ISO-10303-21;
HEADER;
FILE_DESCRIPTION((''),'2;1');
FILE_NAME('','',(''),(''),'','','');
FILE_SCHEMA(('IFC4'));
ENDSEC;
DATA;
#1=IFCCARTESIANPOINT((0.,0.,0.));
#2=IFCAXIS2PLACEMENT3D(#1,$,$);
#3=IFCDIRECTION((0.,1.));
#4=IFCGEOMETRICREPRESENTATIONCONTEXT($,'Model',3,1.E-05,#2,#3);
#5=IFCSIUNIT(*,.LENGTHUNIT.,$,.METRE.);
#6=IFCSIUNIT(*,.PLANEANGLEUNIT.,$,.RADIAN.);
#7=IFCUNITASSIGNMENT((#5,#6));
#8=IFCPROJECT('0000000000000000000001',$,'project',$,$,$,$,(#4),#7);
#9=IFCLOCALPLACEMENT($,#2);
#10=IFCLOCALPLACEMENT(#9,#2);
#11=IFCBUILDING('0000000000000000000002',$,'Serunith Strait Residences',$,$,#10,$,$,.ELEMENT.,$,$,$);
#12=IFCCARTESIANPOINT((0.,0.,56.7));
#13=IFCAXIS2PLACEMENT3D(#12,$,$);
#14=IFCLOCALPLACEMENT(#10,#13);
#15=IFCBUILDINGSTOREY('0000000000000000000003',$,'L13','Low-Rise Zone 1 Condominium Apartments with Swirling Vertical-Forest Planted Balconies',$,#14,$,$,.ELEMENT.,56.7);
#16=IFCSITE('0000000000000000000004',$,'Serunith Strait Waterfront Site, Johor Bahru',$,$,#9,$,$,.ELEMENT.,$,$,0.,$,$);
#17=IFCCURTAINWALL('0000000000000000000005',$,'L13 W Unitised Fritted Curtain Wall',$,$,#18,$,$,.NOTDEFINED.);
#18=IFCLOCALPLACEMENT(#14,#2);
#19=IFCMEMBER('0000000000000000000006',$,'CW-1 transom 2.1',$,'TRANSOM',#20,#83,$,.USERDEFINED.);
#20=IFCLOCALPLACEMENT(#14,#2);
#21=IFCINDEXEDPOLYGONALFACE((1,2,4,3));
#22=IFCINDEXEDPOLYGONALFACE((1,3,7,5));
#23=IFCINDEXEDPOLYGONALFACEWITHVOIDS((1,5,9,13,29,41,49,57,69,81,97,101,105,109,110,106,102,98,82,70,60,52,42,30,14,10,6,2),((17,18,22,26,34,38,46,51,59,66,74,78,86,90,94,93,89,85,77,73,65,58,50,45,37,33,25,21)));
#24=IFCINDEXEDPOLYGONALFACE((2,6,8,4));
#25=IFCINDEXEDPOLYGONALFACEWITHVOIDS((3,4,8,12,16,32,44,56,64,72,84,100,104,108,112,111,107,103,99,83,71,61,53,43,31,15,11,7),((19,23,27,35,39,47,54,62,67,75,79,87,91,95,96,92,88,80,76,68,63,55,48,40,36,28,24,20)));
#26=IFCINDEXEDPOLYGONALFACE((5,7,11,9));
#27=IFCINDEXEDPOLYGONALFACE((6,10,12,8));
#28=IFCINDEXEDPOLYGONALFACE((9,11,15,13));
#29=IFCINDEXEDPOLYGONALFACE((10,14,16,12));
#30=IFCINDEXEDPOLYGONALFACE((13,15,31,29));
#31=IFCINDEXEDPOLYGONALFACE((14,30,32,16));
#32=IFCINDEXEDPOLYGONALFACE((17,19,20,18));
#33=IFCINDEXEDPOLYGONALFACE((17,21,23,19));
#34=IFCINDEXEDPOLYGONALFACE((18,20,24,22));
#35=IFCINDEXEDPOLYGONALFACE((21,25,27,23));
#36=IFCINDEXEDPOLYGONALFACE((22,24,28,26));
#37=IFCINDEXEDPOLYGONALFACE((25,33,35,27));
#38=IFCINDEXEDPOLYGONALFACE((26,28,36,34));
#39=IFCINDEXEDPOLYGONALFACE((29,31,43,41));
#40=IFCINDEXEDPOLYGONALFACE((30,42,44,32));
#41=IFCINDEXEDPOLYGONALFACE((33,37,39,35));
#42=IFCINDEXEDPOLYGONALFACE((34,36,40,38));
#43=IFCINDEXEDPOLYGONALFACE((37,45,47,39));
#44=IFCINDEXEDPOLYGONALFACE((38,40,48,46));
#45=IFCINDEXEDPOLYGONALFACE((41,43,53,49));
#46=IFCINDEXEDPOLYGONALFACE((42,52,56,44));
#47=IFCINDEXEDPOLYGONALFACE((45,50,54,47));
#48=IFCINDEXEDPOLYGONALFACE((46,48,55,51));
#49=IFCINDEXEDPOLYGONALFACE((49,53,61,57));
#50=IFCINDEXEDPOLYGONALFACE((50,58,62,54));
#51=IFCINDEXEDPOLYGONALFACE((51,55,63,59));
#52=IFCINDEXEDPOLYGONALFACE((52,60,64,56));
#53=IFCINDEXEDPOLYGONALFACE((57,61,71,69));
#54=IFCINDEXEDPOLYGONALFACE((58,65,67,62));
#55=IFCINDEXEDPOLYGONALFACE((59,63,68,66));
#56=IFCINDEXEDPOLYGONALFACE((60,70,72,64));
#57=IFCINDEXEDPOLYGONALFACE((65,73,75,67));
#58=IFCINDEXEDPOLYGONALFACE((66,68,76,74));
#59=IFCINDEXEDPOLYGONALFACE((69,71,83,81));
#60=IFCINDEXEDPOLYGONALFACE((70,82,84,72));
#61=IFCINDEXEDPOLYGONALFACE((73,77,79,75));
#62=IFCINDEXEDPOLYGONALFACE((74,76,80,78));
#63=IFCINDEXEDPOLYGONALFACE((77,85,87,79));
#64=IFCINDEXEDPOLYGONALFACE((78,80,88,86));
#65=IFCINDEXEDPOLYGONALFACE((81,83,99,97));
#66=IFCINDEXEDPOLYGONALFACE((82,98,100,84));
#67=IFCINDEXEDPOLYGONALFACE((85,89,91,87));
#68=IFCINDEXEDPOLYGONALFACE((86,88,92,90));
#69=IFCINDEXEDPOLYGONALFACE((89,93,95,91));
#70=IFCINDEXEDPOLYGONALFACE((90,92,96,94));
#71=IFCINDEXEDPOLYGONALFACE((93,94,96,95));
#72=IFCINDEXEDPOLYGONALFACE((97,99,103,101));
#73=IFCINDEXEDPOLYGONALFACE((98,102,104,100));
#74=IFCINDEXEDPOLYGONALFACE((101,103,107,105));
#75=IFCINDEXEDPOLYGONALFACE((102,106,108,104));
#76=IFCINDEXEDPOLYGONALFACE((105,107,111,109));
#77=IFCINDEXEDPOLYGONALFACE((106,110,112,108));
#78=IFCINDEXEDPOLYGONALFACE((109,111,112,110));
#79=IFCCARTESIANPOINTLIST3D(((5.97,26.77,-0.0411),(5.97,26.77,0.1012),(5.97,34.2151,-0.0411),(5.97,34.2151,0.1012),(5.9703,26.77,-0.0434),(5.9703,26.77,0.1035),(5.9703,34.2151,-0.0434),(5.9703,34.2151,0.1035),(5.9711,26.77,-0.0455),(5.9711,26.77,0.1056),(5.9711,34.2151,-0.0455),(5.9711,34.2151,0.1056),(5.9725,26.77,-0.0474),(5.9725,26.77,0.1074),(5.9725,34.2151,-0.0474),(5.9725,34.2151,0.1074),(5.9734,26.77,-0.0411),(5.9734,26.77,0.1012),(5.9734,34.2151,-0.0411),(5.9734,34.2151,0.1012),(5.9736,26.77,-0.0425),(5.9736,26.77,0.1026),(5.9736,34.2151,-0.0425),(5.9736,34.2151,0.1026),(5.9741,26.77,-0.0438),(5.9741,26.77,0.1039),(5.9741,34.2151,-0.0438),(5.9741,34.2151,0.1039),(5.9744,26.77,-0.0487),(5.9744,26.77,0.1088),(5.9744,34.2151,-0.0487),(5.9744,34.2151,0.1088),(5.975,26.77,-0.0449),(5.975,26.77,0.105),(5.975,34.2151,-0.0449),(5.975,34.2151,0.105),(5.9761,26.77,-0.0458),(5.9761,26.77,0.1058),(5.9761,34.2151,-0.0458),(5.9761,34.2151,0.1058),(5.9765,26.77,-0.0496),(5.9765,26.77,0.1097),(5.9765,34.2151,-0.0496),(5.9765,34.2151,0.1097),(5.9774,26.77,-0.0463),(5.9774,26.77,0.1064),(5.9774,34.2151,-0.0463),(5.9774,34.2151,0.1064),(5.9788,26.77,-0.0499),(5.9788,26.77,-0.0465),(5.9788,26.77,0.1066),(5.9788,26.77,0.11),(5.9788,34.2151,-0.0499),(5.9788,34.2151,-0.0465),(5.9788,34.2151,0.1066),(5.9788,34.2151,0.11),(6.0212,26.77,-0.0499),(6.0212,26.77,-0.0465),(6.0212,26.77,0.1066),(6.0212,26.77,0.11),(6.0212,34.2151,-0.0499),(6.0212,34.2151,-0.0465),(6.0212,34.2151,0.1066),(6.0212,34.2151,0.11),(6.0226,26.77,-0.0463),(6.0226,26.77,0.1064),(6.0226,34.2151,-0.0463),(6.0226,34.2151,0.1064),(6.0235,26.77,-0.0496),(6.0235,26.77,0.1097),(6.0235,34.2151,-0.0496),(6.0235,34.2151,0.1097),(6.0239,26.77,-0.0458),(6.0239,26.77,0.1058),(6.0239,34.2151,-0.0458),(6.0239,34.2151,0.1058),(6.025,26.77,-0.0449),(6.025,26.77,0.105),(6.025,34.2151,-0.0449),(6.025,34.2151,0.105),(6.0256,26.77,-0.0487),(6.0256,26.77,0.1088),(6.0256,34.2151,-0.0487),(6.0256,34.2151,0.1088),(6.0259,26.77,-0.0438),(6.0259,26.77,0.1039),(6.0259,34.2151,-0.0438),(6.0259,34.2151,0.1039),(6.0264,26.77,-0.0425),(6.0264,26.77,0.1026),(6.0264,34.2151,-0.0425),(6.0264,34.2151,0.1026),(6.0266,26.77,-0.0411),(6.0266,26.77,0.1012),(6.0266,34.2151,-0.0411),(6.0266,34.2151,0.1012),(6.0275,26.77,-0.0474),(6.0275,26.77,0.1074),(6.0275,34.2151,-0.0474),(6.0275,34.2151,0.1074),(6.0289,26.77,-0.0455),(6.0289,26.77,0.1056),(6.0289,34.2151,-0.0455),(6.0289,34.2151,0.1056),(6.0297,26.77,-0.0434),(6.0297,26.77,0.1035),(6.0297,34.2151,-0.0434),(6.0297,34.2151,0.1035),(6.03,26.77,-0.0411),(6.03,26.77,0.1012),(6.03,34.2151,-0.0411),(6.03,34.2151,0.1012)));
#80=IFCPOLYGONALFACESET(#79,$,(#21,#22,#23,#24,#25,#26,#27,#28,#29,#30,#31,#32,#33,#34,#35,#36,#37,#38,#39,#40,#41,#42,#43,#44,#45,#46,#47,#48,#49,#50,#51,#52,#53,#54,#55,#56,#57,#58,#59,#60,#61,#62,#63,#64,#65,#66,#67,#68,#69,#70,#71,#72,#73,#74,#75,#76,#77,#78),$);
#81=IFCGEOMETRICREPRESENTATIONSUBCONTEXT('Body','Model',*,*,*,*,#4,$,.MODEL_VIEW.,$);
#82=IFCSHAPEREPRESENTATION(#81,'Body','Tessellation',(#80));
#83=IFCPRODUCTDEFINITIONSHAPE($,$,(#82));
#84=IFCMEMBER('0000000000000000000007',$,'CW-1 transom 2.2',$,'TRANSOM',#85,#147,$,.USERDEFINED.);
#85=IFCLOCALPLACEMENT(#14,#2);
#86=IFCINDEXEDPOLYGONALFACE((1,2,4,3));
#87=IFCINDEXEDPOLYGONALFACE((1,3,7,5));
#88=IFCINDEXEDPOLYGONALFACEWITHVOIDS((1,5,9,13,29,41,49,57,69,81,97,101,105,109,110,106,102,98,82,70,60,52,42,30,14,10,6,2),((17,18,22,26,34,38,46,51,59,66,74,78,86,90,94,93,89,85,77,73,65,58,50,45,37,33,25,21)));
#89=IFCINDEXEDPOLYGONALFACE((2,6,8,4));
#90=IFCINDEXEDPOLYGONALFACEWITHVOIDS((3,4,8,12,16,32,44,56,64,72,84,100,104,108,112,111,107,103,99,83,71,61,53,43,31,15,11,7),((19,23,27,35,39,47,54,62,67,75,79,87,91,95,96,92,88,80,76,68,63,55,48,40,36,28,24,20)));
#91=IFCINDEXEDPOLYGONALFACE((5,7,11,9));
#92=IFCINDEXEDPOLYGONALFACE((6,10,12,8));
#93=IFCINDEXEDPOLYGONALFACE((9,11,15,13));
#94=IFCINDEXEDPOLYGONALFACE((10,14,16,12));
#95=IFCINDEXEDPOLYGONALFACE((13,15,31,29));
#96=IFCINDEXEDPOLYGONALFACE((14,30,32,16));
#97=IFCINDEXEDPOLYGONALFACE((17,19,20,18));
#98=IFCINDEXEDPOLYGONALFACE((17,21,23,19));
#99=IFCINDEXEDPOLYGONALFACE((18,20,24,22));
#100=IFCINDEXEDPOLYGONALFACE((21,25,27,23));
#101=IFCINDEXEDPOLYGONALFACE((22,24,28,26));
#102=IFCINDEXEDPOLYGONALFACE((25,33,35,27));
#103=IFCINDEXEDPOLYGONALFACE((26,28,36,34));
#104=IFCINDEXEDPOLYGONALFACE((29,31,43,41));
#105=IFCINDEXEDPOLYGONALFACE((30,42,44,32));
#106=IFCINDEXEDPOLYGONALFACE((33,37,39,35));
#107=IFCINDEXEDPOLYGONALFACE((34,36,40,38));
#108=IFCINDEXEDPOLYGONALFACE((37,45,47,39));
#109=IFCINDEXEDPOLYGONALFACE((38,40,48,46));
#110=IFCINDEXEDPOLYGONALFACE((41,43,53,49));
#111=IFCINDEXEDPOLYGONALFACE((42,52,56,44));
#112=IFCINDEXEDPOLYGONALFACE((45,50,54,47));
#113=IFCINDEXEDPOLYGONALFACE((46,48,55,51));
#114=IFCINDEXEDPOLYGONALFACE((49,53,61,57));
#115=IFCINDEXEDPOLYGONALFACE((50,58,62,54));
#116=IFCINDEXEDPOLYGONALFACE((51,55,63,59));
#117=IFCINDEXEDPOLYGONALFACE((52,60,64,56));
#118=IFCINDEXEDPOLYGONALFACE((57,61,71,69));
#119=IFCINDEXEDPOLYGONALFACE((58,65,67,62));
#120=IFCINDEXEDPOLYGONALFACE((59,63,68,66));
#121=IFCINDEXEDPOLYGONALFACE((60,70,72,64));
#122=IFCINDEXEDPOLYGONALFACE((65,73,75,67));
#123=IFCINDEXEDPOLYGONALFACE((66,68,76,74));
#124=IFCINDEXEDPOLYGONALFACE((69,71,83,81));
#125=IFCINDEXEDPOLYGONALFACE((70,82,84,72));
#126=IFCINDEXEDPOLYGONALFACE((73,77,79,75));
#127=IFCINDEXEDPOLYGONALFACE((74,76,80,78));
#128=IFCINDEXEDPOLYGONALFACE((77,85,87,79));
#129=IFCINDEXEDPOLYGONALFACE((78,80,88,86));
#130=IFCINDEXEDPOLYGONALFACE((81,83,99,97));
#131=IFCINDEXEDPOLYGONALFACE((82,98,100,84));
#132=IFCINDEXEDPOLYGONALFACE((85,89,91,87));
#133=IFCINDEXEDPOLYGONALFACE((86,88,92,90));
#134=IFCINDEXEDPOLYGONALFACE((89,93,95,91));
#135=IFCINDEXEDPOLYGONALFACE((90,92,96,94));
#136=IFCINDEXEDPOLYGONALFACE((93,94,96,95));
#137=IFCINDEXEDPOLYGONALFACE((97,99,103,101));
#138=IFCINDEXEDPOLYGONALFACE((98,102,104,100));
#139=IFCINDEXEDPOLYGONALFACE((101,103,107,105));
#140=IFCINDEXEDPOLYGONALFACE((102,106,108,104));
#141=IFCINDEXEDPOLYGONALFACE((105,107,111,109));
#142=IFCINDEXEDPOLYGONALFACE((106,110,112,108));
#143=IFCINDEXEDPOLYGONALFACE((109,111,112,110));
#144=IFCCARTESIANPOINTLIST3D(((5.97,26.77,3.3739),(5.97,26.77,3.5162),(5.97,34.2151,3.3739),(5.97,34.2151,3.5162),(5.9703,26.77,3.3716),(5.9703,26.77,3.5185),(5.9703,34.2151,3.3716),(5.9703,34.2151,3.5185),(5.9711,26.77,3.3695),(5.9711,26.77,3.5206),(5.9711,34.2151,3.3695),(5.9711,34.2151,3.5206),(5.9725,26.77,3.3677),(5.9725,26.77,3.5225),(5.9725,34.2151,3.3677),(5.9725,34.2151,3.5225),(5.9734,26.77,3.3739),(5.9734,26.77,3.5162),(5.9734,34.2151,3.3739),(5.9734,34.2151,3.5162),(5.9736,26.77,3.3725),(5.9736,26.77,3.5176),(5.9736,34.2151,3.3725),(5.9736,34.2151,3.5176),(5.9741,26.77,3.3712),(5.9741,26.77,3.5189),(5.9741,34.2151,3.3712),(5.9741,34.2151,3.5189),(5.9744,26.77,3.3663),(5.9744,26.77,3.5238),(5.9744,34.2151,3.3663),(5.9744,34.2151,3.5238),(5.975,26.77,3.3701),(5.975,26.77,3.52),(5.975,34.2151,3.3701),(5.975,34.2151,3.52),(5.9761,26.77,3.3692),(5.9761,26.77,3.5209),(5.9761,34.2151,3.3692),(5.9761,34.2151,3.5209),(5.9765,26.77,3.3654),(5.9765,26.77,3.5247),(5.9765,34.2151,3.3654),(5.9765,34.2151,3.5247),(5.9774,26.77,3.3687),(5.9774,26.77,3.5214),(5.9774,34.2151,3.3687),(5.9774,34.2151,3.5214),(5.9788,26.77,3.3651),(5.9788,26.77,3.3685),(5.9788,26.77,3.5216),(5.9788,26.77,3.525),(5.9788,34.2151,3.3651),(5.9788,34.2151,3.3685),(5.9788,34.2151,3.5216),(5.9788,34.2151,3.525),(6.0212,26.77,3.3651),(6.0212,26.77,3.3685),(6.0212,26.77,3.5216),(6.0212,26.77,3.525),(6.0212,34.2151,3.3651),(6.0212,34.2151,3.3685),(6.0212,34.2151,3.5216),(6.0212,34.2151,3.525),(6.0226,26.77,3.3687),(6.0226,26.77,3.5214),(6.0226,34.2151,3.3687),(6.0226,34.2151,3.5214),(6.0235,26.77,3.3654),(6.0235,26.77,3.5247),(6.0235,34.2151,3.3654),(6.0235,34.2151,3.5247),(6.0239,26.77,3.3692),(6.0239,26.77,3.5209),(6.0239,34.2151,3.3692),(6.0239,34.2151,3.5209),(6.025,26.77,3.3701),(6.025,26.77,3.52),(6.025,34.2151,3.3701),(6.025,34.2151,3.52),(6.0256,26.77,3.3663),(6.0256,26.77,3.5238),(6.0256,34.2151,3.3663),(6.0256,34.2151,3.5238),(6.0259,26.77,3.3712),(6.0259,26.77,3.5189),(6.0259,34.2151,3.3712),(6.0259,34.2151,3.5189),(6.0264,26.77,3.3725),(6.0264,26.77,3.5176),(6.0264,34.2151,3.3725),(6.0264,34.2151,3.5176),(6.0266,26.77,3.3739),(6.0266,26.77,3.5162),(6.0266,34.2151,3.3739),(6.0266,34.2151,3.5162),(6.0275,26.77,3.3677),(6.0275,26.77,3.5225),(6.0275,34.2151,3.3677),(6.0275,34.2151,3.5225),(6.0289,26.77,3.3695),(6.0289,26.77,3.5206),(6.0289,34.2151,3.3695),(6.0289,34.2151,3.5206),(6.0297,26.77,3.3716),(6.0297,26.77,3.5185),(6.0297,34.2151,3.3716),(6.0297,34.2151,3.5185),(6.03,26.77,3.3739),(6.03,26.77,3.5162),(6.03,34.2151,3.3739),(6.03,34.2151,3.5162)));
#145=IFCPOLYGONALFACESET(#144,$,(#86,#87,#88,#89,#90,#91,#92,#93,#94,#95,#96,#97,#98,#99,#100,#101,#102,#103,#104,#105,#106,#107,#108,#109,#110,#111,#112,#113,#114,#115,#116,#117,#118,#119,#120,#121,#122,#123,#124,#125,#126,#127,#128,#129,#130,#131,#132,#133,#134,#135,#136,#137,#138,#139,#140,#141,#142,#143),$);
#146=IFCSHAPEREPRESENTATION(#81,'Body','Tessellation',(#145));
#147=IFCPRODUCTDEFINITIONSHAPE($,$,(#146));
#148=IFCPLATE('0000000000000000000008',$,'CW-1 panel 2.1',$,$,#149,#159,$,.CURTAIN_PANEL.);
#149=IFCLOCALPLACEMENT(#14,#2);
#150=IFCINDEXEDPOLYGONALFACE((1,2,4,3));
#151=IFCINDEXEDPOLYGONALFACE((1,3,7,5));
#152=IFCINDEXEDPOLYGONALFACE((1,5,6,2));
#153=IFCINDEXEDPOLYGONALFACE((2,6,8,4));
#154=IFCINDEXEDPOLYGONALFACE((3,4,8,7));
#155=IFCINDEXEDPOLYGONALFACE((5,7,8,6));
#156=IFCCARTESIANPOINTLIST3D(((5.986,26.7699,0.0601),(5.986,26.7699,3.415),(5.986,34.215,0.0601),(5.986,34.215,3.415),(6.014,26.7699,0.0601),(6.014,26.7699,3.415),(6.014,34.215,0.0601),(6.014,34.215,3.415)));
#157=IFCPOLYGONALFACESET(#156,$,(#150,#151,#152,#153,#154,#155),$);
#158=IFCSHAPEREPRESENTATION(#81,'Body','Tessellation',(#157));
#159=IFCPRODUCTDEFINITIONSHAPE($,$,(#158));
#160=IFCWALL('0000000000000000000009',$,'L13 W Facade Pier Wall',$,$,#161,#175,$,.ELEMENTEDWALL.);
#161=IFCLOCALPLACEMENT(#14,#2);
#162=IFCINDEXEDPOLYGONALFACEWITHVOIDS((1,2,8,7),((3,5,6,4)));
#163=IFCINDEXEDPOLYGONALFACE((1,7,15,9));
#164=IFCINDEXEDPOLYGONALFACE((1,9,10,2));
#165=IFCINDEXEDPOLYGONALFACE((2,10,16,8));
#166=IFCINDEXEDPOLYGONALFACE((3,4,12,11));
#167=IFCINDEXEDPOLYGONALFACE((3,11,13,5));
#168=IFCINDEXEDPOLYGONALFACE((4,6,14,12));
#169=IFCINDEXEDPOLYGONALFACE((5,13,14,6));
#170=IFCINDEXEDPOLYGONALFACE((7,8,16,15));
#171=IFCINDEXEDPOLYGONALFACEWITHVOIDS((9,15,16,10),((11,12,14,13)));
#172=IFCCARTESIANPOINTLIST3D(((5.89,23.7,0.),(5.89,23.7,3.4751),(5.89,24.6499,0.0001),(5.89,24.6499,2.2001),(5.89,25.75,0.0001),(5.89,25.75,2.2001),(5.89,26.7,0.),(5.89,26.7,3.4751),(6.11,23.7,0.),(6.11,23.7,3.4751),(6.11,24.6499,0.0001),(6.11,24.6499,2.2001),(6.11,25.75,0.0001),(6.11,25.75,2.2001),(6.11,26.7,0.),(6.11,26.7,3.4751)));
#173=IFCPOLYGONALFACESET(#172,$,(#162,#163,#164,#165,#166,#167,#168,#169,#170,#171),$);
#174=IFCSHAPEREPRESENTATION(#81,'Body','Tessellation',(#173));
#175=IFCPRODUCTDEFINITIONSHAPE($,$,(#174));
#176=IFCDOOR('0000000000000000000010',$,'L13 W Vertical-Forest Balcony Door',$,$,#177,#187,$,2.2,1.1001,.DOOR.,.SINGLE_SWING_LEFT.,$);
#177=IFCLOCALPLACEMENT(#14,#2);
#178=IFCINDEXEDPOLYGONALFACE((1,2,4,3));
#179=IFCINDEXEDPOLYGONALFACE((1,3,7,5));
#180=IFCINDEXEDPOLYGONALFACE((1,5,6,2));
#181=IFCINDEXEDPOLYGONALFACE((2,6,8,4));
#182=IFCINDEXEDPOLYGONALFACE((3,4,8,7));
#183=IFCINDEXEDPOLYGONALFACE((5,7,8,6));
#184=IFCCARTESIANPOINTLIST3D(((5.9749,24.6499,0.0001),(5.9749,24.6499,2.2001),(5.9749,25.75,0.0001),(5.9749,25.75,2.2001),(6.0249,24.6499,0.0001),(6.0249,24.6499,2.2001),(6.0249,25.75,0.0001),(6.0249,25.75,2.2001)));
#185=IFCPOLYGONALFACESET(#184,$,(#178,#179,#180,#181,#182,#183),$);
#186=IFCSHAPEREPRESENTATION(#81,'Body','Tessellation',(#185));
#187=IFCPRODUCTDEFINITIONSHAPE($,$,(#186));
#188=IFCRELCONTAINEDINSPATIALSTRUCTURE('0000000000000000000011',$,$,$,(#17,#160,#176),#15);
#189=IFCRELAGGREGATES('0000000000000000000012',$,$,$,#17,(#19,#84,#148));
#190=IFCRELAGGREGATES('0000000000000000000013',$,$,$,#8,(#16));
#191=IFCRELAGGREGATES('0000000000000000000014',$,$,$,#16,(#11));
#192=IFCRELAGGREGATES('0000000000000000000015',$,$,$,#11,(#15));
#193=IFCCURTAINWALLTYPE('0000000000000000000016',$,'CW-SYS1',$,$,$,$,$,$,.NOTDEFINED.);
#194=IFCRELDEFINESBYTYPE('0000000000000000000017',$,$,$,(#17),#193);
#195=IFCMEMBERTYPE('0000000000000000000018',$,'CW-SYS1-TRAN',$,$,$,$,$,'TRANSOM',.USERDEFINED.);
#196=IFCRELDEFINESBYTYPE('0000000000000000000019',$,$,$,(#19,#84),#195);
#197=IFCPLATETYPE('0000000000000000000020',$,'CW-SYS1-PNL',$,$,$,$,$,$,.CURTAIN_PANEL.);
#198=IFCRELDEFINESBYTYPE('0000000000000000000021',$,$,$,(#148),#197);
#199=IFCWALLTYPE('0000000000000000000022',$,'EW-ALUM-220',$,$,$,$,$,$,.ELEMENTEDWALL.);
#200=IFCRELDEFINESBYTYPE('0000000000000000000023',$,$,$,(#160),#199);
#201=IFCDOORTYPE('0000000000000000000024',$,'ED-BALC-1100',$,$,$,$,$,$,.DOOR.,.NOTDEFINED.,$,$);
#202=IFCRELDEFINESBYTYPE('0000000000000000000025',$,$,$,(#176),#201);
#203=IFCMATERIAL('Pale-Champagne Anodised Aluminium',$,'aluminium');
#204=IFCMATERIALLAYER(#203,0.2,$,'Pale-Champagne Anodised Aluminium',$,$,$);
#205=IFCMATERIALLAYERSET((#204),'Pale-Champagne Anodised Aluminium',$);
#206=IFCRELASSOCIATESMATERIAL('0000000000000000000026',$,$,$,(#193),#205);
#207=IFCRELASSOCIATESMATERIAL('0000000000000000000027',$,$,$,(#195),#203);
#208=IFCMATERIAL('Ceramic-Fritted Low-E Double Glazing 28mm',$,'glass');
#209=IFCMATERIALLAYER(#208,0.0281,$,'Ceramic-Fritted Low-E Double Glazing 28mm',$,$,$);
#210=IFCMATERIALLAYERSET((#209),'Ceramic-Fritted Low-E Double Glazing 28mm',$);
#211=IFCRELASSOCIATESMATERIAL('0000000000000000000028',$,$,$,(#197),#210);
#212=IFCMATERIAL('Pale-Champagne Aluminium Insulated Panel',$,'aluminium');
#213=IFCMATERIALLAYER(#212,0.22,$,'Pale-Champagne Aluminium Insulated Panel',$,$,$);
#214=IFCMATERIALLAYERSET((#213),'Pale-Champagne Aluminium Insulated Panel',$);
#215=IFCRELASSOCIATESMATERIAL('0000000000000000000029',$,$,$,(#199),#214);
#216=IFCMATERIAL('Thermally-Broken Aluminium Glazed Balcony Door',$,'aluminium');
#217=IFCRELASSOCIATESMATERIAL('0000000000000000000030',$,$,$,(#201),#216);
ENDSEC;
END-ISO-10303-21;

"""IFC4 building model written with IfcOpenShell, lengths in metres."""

from ifc_helpers import new_model, si_unit, direction, frame, frame_2d, origin, origin_2d, place, context, subcontext, project, spatial, rectangle, hollow_rectangle, extrude, source, transform, mapped, material, layer, layer_set, material_profile, profile_set, type_object, element, fill, aggregate, save


model = new_model("IFC4")

# Units and contexts
model_context = context("Model", 3, precision=1e-05, world=origin(), true_north=direction((0.0, 1.0)))
body_context = subcontext(model_context, "Body", "Model", "MODEL_VIEW")
ifc_project = project(units=[si_unit("LENGTHUNIT", "METRE"), si_unit("PLANEANGLEUNIT", "RADIAN")], contexts=[model_context])

# Site, building, storey
site_placement = place(None, origin())
site = spatial("IfcSite", under=ifc_project, at=site_placement, Name="Serunith Strait Waterfront Site, Johor Bahru", CompositionType="ELEMENT", RefElevation=0.0)
building_placement = place(site_placement, origin())
building = spatial("IfcBuilding", under=site, at=building_placement, Name="Serunith Strait Residences", CompositionType="ELEMENT")
storey_placement = place(building_placement, frame((0.0, 0.0, 56.7)))
storey = spatial("IfcBuildingStorey", under=building, at=storey_placement, Name="L13", Description="Low-Rise Zone 1 Condominium Apartments with Swirling Vertical-Forest Planted Balconies", CompositionType="ELEMENT", Elevation=56.7)

# Curtain wall, members, plate
ifc_material_1 = material(Name="Pale-Champagne Anodised Aluminium", Category="aluminium")
ifc_layer_1 = layer(ifc_material_1, 0.2, Name="Pale-Champagne Anodised Aluminium")
ifc_layer_set_1 = layer_set([ifc_layer_1], Name="Pale-Champagne Anodised Aluminium")
curtain_wall_type = type_object("IfcCurtainWallType", Name="CW-SYS1", PredefinedType="NOTDEFINED", material=ifc_layer_set_1)
curtain_wall_placement = place(storey_placement, origin())
curtain_wall = element("IfcCurtainWall", 1, at=curtain_wall_placement, inside=storey, type_object=curtain_wall_type, Name="L13 W Unitised Fritted Curtain Wall", PredefinedType="NOTDEFINED")
ifc_material_profile_1 = material_profile(ifc_material_1, hollow_rectangle(XDim=0.0601, YDim=0.1599, WallThickness=0.0034, InnerFilletRadius=0.0054, OuterFilletRadius=0.0088, at=origin_2d()), Name="ALU 160x60x3.5")
ifc_profile_set_1 = profile_set([ifc_material_profile_1], Name="Pale-Champagne Anodised Aluminium")
member_type_1 = type_object("IfcMemberType", Name="CW-SYS1-TRAN", ElementType="TRANSOM", PredefinedType="USERDEFINED", material=ifc_profile_set_1)
shared_shape_1 = source(origin(), body_context, "Body", "SweptSolid", [
    extrude(hollow_rectangle(XDim=0.0601, YDim=0.1599, WallThickness=0.0034, InnerFilletRadius=0.0054, OuterFilletRadius=0.0088, at=origin_2d()), origin(), (0.0, 0.0, 1.0), 7.4451),
])
member_1_placement = place(storey_placement, frame((6.0, 34.2151, 0.03), z_axis=(0.0, -1.0, 0.0), x_axis=(1.0, 0.0, 0.0)))
member_1 = element("IfcMember", 2, at=member_1_placement, type_object=member_type_1, Name="CW-1 transom 2.1", ObjectType="TRANSOM", PredefinedType="USERDEFINED", context=body_context, shape_type="MappedRepresentation", body=[
    mapped(shared_shape_1, transform((0.0, 0.0, 0.0), scale=1.0)),
])
member_2_placement = place(storey_placement, frame((6.0, 34.2151, 3.4451), z_axis=(0.0, -1.0, 0.0), x_axis=(1.0, 0.0, 0.0)))
member_2 = element("IfcMember", 3, at=member_2_placement, type_object=member_type_1, Name="CW-1 transom 2.2", ObjectType="TRANSOM", PredefinedType="USERDEFINED", context=body_context, shape_type="MappedRepresentation", body=[
    mapped(shared_shape_1, transform((0.0, 0.0, 0.0), scale=1.0)),
])
ifc_material_2 = material(Name="Ceramic-Fritted Low-E Double Glazing 28mm", Category="glass")
ifc_layer_2 = layer(ifc_material_2, 0.0281, Name="Ceramic-Fritted Low-E Double Glazing 28mm")
ifc_layer_set_2 = layer_set([ifc_layer_2], Name="Ceramic-Fritted Low-E Double Glazing 28mm")
plate_type = type_object("IfcPlateType", Name="CW-SYS1-PNL", PredefinedType="CURTAIN_PANEL", material=ifc_layer_set_2)
shared_shape_2 = source(origin(), body_context, "Body", "SweptSolid", [
    extrude(rectangle(XDim=7.4451, YDim=0.0281, at=origin_2d()), origin(), (0.0, 0.0, 1.0), 3.355),
])
plate_placement = place(storey_placement, frame((6.0, 30.4924, 0.0601), z_axis=(0.0, 0.0, 1.0), x_axis=(0.0, -1.0, 0.0)))
plate = element("IfcPlate", 4, at=plate_placement, type_object=plate_type, Name="CW-1 panel 2.1", PredefinedType="CURTAIN_PANEL", context=body_context, shape_type="MappedRepresentation", body=[
    mapped(shared_shape_2, transform((0.0, 0.0, 0.0), scale=1.0)),
])
aggregate(curtain_wall, [member_1, member_2, plate])

# Wall, opening, door
ifc_material_3 = material(Name="Pale-Champagne Aluminium Insulated Panel", Category="aluminium")
ifc_layer_3 = layer(ifc_material_3, 0.22, Name="Pale-Champagne Aluminium Insulated Panel")
ifc_layer_set_3 = layer_set([ifc_layer_3], Name="Pale-Champagne Aluminium Insulated Panel")
wall_type_1 = type_object("IfcWallType", Name="EW-ALUM-220", PredefinedType="ELEMENTEDWALL", material=ifc_layer_set_3)
wall_1_placement = place(storey_placement, frame((6.0, 26.7, 0.0), z_axis=(0.0, 0.0, 1.0), x_axis=(0.0, -1.0, 0.0)))
wall_1 = element("IfcWall", 5, at=wall_1_placement, inside=storey, type_object=wall_type_1, Name="L13 W Facade Pier Wall", PredefinedType="ELEMENTEDWALL", context=body_context, shape_type="SweptSolid", body=[
    extrude(rectangle(XDim=3.0, YDim=0.22, at=frame_2d((1.5, 0.0))), origin(), (0.0, 0.0, 1.0), 3.4751),
])
opening_1_placement = place(wall_1_placement, frame((0.95, 0.0, 0.0)))
opening_1 = element("IfcOpeningElement", 6, at=opening_1_placement, cuts=wall_1, PredefinedType="OPENING", context=body_context, shape_type="SweptSolid", body=[
    extrude(rectangle(XDim=1.1001, YDim=2.2, at=frame_2d((0.55, 1.1001))), frame((0.0, 0.1201, 0.0), z_axis=(0.0, -1.0, 0.0), x_axis=(1.0, 0.0, 0.0)), (0.0, 0.0, 1.0), 0.24),
])
ifc_material_4 = material(Name="Thermally-Broken Aluminium Glazed Balcony Door", Category="aluminium")
door_type_1 = type_object("IfcDoorType", Name="ED-BALC-1100", OperationType="NOTDEFINED", PredefinedType="DOOR", material=ifc_material_4)
shared_shape_3 = source(origin(), body_context, "Body", "SweptSolid", [
    extrude(rectangle(XDim=1.1001, YDim=2.2, at=frame_2d((0.55, 1.1001))), frame((0.0, 0.0249, 0.0), z_axis=(0.0, -1.0, 0.0), x_axis=(1.0, 0.0, 0.0)), (0.0, 0.0, 1.0), 0.05),
])
door_1_placement = place(opening_1_placement, origin())
door_1 = element("IfcDoor", 7, at=door_1_placement, inside=storey, type_object=door_type_1, Name="L13 W Vertical-Forest Balcony Door", OperationType="SINGLE_SWING_LEFT", OverallHeight=2.2, OverallWidth=1.1001, PredefinedType="DOOR", context=body_context, shape_type="MappedRepresentation", body=[
    mapped(shared_shape_3, transform((0.0, 0.0, 0.0), scale=1.0)),
])
fill(opening_1, door_1)

save(model, "model.ifc")
